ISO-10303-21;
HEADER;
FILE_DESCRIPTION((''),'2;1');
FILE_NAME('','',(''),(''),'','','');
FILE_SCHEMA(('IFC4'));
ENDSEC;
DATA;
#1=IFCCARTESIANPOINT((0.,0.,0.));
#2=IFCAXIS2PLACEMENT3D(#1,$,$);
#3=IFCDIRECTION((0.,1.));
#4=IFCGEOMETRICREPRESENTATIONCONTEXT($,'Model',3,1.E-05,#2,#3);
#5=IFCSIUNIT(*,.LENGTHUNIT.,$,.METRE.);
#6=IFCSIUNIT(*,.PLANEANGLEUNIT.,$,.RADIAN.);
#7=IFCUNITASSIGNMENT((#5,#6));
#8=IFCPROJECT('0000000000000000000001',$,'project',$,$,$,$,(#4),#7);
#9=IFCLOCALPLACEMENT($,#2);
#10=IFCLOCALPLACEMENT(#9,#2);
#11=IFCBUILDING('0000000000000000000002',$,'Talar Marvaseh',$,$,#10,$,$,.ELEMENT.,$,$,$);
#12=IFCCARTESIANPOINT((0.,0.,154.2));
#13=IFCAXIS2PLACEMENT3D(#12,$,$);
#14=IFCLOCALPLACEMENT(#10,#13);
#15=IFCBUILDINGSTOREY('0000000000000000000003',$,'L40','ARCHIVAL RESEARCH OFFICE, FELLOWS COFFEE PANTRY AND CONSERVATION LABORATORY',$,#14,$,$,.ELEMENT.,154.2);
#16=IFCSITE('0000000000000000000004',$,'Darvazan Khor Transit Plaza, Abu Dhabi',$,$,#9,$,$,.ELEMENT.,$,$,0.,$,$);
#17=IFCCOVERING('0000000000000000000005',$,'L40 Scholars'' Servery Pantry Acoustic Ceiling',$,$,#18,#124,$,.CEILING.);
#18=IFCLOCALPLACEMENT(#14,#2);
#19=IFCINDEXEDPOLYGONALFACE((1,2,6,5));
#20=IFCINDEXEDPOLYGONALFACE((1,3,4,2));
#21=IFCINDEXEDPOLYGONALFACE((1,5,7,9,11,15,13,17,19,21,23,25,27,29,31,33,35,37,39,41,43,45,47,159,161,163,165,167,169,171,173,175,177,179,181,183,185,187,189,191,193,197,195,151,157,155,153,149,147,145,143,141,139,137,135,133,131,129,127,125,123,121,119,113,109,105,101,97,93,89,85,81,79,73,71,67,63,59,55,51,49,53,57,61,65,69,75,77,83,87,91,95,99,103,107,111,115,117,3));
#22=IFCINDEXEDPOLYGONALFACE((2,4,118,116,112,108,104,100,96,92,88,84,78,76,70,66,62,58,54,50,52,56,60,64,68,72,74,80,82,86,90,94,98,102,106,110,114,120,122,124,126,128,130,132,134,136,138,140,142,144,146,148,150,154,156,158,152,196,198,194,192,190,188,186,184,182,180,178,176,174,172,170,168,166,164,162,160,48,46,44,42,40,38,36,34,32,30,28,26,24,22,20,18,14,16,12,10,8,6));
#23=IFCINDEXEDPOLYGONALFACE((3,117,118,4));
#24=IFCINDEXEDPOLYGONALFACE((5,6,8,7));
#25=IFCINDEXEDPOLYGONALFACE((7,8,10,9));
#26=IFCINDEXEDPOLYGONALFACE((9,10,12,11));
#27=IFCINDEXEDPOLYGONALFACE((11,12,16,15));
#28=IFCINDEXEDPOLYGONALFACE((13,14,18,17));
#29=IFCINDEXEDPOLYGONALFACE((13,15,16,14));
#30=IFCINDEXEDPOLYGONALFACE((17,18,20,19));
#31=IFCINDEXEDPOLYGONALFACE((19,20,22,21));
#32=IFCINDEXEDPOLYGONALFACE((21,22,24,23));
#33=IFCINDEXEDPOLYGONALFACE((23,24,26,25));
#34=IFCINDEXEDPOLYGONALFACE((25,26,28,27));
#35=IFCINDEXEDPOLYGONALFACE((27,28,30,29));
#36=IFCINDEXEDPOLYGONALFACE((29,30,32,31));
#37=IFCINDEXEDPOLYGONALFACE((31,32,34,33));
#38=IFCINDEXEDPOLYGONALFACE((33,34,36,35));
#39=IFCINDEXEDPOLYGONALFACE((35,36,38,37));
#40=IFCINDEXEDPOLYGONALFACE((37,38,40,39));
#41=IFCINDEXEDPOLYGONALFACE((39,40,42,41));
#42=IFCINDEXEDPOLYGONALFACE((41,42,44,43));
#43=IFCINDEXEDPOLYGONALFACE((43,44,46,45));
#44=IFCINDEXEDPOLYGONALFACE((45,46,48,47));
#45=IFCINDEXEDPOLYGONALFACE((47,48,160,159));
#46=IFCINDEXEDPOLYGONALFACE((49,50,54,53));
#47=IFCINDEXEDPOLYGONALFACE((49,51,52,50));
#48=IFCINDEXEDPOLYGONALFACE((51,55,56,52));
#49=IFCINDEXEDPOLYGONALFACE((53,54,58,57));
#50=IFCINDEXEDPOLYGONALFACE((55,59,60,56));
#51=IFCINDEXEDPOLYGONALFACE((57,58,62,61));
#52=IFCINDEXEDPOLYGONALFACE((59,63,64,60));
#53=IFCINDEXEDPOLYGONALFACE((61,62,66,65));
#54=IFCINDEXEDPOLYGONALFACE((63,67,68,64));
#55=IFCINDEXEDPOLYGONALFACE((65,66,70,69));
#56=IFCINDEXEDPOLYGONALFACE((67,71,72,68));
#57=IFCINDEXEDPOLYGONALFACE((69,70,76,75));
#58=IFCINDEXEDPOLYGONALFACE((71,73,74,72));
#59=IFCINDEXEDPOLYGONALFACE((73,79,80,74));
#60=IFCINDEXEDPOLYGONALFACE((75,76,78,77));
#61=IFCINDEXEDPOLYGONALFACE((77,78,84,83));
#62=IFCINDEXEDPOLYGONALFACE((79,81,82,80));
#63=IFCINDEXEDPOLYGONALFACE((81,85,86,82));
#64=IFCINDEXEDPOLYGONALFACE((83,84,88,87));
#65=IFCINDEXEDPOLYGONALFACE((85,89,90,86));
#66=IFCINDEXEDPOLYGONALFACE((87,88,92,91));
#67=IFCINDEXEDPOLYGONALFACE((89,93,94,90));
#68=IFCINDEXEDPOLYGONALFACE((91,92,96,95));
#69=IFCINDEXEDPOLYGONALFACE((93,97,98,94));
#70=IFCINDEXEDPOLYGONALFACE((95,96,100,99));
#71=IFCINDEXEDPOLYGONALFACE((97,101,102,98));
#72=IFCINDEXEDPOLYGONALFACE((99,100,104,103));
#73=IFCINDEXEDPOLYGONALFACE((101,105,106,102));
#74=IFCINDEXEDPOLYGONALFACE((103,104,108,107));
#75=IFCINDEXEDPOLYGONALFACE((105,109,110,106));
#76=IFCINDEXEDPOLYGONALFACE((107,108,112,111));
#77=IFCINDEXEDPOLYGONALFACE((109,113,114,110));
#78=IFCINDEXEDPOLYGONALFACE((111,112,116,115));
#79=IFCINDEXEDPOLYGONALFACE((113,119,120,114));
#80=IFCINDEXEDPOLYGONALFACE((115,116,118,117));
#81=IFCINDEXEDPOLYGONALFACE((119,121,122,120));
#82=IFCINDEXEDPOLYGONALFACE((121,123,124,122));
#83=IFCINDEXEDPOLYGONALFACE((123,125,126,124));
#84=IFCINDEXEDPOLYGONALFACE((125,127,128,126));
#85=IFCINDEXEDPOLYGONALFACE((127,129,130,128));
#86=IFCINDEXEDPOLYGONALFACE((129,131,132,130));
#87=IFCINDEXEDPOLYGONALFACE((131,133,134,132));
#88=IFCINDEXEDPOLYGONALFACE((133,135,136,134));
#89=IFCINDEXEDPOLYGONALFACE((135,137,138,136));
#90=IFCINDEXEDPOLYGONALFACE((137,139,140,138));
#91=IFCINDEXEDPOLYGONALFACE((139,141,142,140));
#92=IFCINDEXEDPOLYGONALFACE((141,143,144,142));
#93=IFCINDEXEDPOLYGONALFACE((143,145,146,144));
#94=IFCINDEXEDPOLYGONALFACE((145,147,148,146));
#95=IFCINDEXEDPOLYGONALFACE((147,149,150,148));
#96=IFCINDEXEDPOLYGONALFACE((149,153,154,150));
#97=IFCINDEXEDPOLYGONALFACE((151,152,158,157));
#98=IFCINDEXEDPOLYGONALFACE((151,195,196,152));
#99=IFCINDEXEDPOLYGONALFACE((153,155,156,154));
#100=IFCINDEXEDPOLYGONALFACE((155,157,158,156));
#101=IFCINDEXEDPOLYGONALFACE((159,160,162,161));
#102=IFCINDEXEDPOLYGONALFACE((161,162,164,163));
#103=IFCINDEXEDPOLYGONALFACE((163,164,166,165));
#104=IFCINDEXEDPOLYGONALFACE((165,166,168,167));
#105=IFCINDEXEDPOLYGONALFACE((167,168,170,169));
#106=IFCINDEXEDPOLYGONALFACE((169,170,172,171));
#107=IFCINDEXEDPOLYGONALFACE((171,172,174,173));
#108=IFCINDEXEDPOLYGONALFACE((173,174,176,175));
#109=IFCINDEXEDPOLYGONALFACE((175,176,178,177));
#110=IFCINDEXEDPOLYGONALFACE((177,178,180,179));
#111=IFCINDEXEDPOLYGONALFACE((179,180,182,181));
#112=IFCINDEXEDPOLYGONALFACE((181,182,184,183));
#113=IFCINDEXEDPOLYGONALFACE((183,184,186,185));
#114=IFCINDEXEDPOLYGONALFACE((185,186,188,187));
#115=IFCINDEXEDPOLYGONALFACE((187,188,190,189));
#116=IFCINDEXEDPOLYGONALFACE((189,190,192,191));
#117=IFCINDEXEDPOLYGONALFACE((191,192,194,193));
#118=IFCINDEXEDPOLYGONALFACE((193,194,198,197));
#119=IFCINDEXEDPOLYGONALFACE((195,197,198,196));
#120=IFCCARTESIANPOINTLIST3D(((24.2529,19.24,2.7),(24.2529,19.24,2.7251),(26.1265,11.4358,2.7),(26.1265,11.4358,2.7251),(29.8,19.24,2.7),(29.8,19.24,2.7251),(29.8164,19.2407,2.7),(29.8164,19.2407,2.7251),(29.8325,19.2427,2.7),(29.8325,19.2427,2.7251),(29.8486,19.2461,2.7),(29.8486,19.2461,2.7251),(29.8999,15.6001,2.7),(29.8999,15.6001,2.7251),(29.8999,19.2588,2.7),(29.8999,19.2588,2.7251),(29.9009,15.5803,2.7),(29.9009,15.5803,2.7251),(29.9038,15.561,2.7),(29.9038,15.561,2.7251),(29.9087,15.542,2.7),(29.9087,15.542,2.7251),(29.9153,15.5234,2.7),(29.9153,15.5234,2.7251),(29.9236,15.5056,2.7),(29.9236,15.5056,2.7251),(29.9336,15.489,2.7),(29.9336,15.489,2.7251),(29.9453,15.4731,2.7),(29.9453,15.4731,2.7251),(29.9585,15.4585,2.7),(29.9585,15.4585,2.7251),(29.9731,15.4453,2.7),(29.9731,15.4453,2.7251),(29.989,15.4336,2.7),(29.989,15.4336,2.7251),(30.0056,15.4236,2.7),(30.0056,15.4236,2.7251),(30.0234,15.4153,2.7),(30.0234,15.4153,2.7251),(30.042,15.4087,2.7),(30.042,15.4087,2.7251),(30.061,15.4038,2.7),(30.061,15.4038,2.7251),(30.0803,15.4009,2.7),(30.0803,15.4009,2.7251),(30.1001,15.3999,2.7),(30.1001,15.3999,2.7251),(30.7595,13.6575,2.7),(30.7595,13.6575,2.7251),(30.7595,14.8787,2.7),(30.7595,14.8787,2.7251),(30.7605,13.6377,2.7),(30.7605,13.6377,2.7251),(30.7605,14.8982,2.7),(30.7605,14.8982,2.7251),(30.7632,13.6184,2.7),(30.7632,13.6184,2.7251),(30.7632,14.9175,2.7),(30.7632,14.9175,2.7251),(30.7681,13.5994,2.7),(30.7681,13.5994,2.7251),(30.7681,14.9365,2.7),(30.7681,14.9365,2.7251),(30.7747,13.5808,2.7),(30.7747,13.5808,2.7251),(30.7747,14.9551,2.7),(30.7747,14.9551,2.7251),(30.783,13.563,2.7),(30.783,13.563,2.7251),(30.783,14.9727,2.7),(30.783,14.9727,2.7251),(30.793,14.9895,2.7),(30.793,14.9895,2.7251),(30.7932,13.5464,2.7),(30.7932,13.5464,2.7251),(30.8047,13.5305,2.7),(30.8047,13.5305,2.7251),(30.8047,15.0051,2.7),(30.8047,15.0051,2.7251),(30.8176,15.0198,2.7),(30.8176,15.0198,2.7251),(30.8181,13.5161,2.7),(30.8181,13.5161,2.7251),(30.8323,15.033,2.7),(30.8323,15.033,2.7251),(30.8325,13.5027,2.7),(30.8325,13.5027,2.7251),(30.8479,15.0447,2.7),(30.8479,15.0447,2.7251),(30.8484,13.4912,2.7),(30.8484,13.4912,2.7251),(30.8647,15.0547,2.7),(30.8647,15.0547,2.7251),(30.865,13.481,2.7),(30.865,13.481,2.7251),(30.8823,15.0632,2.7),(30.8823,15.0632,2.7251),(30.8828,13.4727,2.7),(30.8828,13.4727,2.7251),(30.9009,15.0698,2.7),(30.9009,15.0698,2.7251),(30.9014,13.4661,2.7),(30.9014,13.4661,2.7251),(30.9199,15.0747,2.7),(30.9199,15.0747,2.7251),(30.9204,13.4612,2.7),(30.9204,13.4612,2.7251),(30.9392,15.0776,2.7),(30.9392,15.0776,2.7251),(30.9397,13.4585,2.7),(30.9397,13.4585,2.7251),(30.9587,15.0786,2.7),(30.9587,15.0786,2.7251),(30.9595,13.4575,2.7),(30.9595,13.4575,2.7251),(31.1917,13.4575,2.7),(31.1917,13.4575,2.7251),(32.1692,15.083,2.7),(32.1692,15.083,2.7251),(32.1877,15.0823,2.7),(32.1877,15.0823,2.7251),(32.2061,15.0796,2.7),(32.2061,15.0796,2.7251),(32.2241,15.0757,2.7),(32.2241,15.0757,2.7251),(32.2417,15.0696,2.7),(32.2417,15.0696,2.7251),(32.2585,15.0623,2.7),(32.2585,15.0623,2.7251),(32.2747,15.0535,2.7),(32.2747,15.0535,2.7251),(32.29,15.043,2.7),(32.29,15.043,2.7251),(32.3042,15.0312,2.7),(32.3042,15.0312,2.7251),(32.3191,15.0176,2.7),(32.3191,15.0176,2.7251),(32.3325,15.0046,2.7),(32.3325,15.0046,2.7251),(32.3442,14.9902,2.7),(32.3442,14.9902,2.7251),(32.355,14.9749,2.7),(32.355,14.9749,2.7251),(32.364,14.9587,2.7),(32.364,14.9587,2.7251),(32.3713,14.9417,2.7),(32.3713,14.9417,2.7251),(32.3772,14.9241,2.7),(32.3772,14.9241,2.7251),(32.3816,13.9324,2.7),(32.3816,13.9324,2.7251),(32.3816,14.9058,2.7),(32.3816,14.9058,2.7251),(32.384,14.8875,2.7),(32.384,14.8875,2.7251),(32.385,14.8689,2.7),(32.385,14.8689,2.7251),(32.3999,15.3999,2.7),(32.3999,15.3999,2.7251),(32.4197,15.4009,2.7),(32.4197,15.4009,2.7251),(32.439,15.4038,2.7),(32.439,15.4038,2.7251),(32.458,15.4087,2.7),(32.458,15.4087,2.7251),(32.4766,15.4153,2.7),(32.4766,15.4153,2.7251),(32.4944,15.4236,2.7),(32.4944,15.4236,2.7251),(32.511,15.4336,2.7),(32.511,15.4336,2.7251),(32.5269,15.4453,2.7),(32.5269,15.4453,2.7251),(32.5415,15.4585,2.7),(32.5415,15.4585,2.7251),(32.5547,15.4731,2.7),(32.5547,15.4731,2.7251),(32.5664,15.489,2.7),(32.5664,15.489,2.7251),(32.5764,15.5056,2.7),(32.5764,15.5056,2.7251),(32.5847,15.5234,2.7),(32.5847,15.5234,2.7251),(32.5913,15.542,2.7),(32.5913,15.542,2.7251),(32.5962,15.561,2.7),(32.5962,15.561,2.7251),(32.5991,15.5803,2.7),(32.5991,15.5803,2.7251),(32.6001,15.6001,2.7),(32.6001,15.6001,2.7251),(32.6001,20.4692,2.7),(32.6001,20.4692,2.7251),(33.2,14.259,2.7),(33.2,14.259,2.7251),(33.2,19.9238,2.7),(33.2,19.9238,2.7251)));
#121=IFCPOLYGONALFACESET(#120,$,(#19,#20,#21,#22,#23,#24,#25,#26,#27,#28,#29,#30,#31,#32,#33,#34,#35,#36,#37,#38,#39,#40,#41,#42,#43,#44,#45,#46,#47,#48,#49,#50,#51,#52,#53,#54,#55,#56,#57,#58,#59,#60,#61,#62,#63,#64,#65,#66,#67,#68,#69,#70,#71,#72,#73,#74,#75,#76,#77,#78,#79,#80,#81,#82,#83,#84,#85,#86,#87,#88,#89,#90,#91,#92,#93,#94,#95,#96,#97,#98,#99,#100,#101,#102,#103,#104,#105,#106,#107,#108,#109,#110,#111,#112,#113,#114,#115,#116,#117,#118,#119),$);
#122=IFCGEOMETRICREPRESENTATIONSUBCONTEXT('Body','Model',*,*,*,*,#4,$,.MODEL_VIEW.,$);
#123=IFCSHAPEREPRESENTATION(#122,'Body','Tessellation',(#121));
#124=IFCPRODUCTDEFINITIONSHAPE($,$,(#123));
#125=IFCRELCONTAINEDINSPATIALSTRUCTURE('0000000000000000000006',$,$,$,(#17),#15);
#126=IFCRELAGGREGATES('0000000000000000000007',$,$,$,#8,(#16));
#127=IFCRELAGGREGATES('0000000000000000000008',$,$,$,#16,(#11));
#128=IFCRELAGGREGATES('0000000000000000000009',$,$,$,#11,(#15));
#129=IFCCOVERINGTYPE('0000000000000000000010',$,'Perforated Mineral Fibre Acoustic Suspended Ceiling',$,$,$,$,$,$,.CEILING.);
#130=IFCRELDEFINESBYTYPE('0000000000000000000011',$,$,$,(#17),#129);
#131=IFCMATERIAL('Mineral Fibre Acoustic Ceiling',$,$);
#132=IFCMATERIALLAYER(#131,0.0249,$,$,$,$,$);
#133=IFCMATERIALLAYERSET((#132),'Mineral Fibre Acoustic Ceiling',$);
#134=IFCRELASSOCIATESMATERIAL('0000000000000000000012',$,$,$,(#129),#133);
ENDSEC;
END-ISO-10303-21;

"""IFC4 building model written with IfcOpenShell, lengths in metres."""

from ifc_helpers import new_model, si_unit, direction, frame, origin, place, context, subcontext, project, spatial, polyline, outline, extrude, material, layer, layer_set, type_object, element, save


model = new_model("IFC4")

# Units and contexts
model_context = context("Model", 3, precision=1e-05, world=origin(), true_north=direction((0.0, 1.0)))
body_context = subcontext(model_context, "Body", "Model", "MODEL_VIEW")
ifc_project = project(units=[si_unit("LENGTHUNIT", "METRE"), si_unit("PLANEANGLEUNIT", "RADIAN")], contexts=[model_context])

# Site, building, storey
site_placement = place(None, origin())
site = spatial("IfcSite", under=ifc_project, at=site_placement, Name="Darvazan Khor Transit Plaza, Abu Dhabi", CompositionType="ELEMENT", RefElevation=0.0)
building_placement = place(site_placement, origin())
building = spatial("IfcBuilding", under=site, at=building_placement, Name="Talar Marvaseh", CompositionType="ELEMENT")
storey_placement = place(building_placement, frame((0.0, 0.0, 154.2)))
storey = spatial("IfcBuildingStorey", under=building, at=storey_placement, Name="L40", Description="ARCHIVAL RESEARCH OFFICE, FELLOWS COFFEE PANTRY AND CONSERVATION LABORATORY", CompositionType="ELEMENT", Elevation=154.2)

# Covering
ifc_material_1 = material(Name="Mineral Fibre Acoustic Ceiling")
ifc_layer_1 = layer(ifc_material_1, 0.0249)
ifc_layer_set_1 = layer_set([ifc_layer_1], Name="Mineral Fibre Acoustic Ceiling")
covering_type_1 = type_object("IfcCoveringType", Name="Perforated Mineral Fibre Acoustic Suspended Ceiling", PredefinedType="CEILING", material=ifc_layer_set_1)
covering_1_placement = place(storey_placement, frame((0.0, 0.0, 2.7)))
element("IfcCovering", 1, at=covering_1_placement, inside=storey, type_object=covering_type_1, Name="L40 Scholars' Servery Pantry Acoustic Ceiling", PredefinedType="CEILING", context=body_context, shape_type="SweptSolid", body=[
    extrude(outline(polyline([(29.8, 19.24), (29.8164, 19.2407), (29.8325, 19.2427), (29.8486, 19.2461), (29.8999, 19.2588), (29.8999, 15.6001), (29.9009, 15.5803), (29.9038, 15.561), (29.9087, 15.542), (29.9153, 15.5234), (29.9236, 15.5056), (29.9336, 15.489), (29.9453, 15.4731), (29.9585, 15.4585), (29.9731, 15.4453), (29.989, 15.4336), (30.0056, 15.4236), (30.0234, 15.4153), (30.042, 15.4087), (30.061, 15.4038), (30.0803, 15.4009), (30.1001, 15.3999), (32.3999, 15.3999), (32.4197, 15.4009), (32.439, 15.4038), (32.458, 15.4087), (32.4766, 15.4153), (32.4944, 15.4236), (32.511, 15.4336), (32.5269, 15.4453), (32.5415, 15.4585), (32.5547, 15.4731), (32.5664, 15.489), (32.5764, 15.5056), (32.5847, 15.5234), (32.5913, 15.542), (32.5962, 15.561), (32.5991, 15.5803), (32.6001, 15.6001), (32.6001, 20.4692), (33.2, 19.9238), (33.2, 14.259), (32.3816, 13.9324), (32.385, 14.8689), (32.384, 14.8875), (32.3816, 14.9058), (32.3772, 14.9241), (32.3713, 14.9417), (32.364, 14.9587), (32.355, 14.9749), (32.3442, 14.9902), (32.3325, 15.0046), (32.3191, 15.0176), (32.3042, 15.0312), (32.29, 15.043), (32.2747, 15.0535), (32.2585, 15.0623), (32.2417, 15.0696), (32.2241, 15.0757), (32.2061, 15.0796), (32.1877, 15.0823), (32.1692, 15.083), (30.9587, 15.0786), (30.9392, 15.0776), (30.9199, 15.0747), (30.9009, 15.0698), (30.8823, 15.0632), (30.8647, 15.0547), (30.8479, 15.0447), (30.8323, 15.033), (30.8176, 15.0198), (30.8047, 15.0051), (30.793, 14.9895), (30.783, 14.9727), (30.7747, 14.9551), (30.7681, 14.9365), (30.7632, 14.9175), (30.7605, 14.8982), (30.7595, 14.8787), (30.7595, 13.6575), (30.7605, 13.6377), (30.7632, 13.6184), (30.7681, 13.5994), (30.7747, 13.5808), (30.783, 13.563), (30.7932, 13.5464), (30.8047, 13.5305), (30.8181, 13.5161), (30.8325, 13.5027), (30.8484, 13.4912), (30.865, 13.481), (30.8828, 13.4727), (30.9014, 13.4661), (30.9204, 13.4612), (30.9397, 13.4585), (30.9595, 13.4575), (31.1917, 13.4575), (26.1265, 11.4358), (24.2529, 19.24), (29.8, 19.24)])), origin(), (0.0, 0.0, 1.0), 0.0251),
])

save(model, "model.ifc")
